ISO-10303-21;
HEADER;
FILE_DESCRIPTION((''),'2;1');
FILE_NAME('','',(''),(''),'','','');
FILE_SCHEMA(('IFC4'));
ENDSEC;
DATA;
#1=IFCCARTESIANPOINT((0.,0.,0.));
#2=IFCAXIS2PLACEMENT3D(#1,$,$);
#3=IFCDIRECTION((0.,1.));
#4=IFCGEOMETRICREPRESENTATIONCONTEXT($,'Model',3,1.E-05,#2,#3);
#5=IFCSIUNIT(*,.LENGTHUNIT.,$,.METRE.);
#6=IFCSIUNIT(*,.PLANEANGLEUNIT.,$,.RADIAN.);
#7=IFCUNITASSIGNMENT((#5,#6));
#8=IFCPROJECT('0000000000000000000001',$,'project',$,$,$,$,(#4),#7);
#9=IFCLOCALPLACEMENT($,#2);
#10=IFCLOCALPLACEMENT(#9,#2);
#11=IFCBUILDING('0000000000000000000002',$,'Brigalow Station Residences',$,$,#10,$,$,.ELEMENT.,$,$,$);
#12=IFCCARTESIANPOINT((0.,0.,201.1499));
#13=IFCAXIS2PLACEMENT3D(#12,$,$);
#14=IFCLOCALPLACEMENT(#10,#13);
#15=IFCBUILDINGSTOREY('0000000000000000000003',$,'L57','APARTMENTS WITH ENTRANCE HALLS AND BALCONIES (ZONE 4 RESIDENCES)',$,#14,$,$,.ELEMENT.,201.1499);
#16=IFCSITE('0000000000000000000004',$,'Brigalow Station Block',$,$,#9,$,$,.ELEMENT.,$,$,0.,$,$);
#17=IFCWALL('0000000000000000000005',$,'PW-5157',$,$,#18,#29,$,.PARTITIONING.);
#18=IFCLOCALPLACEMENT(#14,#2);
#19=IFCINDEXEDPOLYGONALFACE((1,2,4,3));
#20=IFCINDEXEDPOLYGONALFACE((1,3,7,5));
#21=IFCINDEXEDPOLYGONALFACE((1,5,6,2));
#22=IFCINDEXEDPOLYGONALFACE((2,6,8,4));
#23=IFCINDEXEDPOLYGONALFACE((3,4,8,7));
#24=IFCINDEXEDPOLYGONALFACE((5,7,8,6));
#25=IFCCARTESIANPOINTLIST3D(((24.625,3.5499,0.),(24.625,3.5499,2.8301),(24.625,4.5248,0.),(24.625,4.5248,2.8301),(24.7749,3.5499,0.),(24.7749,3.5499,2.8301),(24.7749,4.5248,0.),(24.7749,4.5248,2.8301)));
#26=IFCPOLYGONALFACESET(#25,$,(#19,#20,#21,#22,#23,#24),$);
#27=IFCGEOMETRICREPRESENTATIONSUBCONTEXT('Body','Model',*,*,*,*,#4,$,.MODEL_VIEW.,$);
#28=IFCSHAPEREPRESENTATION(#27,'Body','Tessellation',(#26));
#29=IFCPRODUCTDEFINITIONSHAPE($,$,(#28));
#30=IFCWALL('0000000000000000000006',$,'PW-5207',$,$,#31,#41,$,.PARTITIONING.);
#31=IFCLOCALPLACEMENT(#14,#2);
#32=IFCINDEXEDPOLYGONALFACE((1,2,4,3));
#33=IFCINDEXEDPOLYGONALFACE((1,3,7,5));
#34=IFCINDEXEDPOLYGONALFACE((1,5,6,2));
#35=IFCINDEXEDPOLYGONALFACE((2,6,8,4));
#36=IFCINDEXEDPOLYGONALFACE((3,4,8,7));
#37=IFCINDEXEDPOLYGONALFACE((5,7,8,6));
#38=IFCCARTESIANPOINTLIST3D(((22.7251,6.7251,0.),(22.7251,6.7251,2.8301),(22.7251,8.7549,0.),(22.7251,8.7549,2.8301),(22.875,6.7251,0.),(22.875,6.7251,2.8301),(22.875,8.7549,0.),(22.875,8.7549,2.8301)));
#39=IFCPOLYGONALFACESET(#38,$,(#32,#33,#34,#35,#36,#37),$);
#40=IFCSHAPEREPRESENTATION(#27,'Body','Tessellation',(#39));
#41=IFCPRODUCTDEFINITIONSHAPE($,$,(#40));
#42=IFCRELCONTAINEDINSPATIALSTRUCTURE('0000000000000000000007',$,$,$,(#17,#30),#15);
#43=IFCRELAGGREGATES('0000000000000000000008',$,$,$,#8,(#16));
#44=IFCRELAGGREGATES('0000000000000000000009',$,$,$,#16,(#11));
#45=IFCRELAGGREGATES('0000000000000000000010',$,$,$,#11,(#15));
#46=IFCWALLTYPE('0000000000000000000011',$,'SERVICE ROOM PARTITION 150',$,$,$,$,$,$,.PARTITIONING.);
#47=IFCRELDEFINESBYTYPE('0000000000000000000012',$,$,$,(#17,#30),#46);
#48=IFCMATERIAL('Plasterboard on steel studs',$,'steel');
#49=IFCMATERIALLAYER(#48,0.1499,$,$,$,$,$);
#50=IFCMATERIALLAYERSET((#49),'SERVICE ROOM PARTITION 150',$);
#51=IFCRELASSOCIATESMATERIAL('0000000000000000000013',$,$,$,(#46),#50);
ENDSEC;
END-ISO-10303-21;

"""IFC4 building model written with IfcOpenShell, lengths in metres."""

from ifc_helpers import new_model, si_unit, direction, frame, frame_2d, origin, place, context, subcontext, project, spatial, rectangle, extrude, material, layer, layer_set, type_object, element, save


model = new_model("IFC4")

# Units and contexts
model_context = context("Model", 3, precision=1e-05, world=origin(), true_north=direction((0.0, 1.0)))
body_context = subcontext(model_context, "Body", "Model", "MODEL_VIEW")
ifc_project = project(units=[si_unit("LENGTHUNIT", "METRE"), si_unit("PLANEANGLEUNIT", "RADIAN")], contexts=[model_context])

# Site, building, storey
site_placement = place(None, origin())
site = spatial("IfcSite", under=ifc_project, at=site_placement, Name="Brigalow Station Block", CompositionType="ELEMENT", RefElevation=0.0)
building_placement = place(site_placement, origin())
building = spatial("IfcBuilding", under=site, at=building_placement, Name="Brigalow Station Residences", CompositionType="ELEMENT")
storey_placement = place(building_placement, frame((0.0, 0.0, 201.1499)))
storey = spatial("IfcBuildingStorey", under=building, at=storey_placement, Name="L57", Description="APARTMENTS WITH ENTRANCE HALLS AND BALCONIES (ZONE 4 RESIDENCES)", CompositionType="ELEMENT", Elevation=201.1499)

# Shared definitions
ifc_material_1 = material(Name="Plasterboard on steel studs", Category="steel")
ifc_layer_1 = layer(ifc_material_1, 0.1499)
ifc_layer_set_1 = layer_set([ifc_layer_1], Name="SERVICE ROOM PARTITION 150")
wall_type_1 = type_object("IfcWallType", Name="SERVICE ROOM PARTITION 150", PredefinedType="PARTITIONING", material=ifc_layer_set_1)

# Walls
wall_1_placement = place(storey_placement, frame((24.7, 3.55, 0.0), z_axis=(0.0, 0.0, 1.0), x_axis=(0.0, 1.0, 0.0)))
element("IfcWall", 1, at=wall_1_placement, inside=storey, type_object=wall_type_1, Name="PW-5157", PredefinedType="PARTITIONING", context=body_context, shape_type="SweptSolid", body=[
    extrude(rectangle(XDim=0.9749, YDim=0.1499, at=frame_2d((0.4873, 0.0))), origin(), (0.0, 0.0, 1.0), 2.8301),
])
wall_2_placement = place(storey_placement, frame((22.8, 6.7251, 0.0), z_axis=(0.0, 0.0, 1.0), x_axis=(0.0, 1.0, 0.0)))
element("IfcWall", 2, at=wall_2_placement, inside=storey, type_object=wall_type_1, Name="PW-5207", PredefinedType="PARTITIONING", context=body_context, shape_type="SweptSolid", body=[
    extrude(rectangle(XDim=2.0298, YDim=0.1499, at=frame_2d((1.0149, 0.0))), origin(), (0.0, 0.0, 1.0), 2.8301),
])

save(model, "model.ifc")
